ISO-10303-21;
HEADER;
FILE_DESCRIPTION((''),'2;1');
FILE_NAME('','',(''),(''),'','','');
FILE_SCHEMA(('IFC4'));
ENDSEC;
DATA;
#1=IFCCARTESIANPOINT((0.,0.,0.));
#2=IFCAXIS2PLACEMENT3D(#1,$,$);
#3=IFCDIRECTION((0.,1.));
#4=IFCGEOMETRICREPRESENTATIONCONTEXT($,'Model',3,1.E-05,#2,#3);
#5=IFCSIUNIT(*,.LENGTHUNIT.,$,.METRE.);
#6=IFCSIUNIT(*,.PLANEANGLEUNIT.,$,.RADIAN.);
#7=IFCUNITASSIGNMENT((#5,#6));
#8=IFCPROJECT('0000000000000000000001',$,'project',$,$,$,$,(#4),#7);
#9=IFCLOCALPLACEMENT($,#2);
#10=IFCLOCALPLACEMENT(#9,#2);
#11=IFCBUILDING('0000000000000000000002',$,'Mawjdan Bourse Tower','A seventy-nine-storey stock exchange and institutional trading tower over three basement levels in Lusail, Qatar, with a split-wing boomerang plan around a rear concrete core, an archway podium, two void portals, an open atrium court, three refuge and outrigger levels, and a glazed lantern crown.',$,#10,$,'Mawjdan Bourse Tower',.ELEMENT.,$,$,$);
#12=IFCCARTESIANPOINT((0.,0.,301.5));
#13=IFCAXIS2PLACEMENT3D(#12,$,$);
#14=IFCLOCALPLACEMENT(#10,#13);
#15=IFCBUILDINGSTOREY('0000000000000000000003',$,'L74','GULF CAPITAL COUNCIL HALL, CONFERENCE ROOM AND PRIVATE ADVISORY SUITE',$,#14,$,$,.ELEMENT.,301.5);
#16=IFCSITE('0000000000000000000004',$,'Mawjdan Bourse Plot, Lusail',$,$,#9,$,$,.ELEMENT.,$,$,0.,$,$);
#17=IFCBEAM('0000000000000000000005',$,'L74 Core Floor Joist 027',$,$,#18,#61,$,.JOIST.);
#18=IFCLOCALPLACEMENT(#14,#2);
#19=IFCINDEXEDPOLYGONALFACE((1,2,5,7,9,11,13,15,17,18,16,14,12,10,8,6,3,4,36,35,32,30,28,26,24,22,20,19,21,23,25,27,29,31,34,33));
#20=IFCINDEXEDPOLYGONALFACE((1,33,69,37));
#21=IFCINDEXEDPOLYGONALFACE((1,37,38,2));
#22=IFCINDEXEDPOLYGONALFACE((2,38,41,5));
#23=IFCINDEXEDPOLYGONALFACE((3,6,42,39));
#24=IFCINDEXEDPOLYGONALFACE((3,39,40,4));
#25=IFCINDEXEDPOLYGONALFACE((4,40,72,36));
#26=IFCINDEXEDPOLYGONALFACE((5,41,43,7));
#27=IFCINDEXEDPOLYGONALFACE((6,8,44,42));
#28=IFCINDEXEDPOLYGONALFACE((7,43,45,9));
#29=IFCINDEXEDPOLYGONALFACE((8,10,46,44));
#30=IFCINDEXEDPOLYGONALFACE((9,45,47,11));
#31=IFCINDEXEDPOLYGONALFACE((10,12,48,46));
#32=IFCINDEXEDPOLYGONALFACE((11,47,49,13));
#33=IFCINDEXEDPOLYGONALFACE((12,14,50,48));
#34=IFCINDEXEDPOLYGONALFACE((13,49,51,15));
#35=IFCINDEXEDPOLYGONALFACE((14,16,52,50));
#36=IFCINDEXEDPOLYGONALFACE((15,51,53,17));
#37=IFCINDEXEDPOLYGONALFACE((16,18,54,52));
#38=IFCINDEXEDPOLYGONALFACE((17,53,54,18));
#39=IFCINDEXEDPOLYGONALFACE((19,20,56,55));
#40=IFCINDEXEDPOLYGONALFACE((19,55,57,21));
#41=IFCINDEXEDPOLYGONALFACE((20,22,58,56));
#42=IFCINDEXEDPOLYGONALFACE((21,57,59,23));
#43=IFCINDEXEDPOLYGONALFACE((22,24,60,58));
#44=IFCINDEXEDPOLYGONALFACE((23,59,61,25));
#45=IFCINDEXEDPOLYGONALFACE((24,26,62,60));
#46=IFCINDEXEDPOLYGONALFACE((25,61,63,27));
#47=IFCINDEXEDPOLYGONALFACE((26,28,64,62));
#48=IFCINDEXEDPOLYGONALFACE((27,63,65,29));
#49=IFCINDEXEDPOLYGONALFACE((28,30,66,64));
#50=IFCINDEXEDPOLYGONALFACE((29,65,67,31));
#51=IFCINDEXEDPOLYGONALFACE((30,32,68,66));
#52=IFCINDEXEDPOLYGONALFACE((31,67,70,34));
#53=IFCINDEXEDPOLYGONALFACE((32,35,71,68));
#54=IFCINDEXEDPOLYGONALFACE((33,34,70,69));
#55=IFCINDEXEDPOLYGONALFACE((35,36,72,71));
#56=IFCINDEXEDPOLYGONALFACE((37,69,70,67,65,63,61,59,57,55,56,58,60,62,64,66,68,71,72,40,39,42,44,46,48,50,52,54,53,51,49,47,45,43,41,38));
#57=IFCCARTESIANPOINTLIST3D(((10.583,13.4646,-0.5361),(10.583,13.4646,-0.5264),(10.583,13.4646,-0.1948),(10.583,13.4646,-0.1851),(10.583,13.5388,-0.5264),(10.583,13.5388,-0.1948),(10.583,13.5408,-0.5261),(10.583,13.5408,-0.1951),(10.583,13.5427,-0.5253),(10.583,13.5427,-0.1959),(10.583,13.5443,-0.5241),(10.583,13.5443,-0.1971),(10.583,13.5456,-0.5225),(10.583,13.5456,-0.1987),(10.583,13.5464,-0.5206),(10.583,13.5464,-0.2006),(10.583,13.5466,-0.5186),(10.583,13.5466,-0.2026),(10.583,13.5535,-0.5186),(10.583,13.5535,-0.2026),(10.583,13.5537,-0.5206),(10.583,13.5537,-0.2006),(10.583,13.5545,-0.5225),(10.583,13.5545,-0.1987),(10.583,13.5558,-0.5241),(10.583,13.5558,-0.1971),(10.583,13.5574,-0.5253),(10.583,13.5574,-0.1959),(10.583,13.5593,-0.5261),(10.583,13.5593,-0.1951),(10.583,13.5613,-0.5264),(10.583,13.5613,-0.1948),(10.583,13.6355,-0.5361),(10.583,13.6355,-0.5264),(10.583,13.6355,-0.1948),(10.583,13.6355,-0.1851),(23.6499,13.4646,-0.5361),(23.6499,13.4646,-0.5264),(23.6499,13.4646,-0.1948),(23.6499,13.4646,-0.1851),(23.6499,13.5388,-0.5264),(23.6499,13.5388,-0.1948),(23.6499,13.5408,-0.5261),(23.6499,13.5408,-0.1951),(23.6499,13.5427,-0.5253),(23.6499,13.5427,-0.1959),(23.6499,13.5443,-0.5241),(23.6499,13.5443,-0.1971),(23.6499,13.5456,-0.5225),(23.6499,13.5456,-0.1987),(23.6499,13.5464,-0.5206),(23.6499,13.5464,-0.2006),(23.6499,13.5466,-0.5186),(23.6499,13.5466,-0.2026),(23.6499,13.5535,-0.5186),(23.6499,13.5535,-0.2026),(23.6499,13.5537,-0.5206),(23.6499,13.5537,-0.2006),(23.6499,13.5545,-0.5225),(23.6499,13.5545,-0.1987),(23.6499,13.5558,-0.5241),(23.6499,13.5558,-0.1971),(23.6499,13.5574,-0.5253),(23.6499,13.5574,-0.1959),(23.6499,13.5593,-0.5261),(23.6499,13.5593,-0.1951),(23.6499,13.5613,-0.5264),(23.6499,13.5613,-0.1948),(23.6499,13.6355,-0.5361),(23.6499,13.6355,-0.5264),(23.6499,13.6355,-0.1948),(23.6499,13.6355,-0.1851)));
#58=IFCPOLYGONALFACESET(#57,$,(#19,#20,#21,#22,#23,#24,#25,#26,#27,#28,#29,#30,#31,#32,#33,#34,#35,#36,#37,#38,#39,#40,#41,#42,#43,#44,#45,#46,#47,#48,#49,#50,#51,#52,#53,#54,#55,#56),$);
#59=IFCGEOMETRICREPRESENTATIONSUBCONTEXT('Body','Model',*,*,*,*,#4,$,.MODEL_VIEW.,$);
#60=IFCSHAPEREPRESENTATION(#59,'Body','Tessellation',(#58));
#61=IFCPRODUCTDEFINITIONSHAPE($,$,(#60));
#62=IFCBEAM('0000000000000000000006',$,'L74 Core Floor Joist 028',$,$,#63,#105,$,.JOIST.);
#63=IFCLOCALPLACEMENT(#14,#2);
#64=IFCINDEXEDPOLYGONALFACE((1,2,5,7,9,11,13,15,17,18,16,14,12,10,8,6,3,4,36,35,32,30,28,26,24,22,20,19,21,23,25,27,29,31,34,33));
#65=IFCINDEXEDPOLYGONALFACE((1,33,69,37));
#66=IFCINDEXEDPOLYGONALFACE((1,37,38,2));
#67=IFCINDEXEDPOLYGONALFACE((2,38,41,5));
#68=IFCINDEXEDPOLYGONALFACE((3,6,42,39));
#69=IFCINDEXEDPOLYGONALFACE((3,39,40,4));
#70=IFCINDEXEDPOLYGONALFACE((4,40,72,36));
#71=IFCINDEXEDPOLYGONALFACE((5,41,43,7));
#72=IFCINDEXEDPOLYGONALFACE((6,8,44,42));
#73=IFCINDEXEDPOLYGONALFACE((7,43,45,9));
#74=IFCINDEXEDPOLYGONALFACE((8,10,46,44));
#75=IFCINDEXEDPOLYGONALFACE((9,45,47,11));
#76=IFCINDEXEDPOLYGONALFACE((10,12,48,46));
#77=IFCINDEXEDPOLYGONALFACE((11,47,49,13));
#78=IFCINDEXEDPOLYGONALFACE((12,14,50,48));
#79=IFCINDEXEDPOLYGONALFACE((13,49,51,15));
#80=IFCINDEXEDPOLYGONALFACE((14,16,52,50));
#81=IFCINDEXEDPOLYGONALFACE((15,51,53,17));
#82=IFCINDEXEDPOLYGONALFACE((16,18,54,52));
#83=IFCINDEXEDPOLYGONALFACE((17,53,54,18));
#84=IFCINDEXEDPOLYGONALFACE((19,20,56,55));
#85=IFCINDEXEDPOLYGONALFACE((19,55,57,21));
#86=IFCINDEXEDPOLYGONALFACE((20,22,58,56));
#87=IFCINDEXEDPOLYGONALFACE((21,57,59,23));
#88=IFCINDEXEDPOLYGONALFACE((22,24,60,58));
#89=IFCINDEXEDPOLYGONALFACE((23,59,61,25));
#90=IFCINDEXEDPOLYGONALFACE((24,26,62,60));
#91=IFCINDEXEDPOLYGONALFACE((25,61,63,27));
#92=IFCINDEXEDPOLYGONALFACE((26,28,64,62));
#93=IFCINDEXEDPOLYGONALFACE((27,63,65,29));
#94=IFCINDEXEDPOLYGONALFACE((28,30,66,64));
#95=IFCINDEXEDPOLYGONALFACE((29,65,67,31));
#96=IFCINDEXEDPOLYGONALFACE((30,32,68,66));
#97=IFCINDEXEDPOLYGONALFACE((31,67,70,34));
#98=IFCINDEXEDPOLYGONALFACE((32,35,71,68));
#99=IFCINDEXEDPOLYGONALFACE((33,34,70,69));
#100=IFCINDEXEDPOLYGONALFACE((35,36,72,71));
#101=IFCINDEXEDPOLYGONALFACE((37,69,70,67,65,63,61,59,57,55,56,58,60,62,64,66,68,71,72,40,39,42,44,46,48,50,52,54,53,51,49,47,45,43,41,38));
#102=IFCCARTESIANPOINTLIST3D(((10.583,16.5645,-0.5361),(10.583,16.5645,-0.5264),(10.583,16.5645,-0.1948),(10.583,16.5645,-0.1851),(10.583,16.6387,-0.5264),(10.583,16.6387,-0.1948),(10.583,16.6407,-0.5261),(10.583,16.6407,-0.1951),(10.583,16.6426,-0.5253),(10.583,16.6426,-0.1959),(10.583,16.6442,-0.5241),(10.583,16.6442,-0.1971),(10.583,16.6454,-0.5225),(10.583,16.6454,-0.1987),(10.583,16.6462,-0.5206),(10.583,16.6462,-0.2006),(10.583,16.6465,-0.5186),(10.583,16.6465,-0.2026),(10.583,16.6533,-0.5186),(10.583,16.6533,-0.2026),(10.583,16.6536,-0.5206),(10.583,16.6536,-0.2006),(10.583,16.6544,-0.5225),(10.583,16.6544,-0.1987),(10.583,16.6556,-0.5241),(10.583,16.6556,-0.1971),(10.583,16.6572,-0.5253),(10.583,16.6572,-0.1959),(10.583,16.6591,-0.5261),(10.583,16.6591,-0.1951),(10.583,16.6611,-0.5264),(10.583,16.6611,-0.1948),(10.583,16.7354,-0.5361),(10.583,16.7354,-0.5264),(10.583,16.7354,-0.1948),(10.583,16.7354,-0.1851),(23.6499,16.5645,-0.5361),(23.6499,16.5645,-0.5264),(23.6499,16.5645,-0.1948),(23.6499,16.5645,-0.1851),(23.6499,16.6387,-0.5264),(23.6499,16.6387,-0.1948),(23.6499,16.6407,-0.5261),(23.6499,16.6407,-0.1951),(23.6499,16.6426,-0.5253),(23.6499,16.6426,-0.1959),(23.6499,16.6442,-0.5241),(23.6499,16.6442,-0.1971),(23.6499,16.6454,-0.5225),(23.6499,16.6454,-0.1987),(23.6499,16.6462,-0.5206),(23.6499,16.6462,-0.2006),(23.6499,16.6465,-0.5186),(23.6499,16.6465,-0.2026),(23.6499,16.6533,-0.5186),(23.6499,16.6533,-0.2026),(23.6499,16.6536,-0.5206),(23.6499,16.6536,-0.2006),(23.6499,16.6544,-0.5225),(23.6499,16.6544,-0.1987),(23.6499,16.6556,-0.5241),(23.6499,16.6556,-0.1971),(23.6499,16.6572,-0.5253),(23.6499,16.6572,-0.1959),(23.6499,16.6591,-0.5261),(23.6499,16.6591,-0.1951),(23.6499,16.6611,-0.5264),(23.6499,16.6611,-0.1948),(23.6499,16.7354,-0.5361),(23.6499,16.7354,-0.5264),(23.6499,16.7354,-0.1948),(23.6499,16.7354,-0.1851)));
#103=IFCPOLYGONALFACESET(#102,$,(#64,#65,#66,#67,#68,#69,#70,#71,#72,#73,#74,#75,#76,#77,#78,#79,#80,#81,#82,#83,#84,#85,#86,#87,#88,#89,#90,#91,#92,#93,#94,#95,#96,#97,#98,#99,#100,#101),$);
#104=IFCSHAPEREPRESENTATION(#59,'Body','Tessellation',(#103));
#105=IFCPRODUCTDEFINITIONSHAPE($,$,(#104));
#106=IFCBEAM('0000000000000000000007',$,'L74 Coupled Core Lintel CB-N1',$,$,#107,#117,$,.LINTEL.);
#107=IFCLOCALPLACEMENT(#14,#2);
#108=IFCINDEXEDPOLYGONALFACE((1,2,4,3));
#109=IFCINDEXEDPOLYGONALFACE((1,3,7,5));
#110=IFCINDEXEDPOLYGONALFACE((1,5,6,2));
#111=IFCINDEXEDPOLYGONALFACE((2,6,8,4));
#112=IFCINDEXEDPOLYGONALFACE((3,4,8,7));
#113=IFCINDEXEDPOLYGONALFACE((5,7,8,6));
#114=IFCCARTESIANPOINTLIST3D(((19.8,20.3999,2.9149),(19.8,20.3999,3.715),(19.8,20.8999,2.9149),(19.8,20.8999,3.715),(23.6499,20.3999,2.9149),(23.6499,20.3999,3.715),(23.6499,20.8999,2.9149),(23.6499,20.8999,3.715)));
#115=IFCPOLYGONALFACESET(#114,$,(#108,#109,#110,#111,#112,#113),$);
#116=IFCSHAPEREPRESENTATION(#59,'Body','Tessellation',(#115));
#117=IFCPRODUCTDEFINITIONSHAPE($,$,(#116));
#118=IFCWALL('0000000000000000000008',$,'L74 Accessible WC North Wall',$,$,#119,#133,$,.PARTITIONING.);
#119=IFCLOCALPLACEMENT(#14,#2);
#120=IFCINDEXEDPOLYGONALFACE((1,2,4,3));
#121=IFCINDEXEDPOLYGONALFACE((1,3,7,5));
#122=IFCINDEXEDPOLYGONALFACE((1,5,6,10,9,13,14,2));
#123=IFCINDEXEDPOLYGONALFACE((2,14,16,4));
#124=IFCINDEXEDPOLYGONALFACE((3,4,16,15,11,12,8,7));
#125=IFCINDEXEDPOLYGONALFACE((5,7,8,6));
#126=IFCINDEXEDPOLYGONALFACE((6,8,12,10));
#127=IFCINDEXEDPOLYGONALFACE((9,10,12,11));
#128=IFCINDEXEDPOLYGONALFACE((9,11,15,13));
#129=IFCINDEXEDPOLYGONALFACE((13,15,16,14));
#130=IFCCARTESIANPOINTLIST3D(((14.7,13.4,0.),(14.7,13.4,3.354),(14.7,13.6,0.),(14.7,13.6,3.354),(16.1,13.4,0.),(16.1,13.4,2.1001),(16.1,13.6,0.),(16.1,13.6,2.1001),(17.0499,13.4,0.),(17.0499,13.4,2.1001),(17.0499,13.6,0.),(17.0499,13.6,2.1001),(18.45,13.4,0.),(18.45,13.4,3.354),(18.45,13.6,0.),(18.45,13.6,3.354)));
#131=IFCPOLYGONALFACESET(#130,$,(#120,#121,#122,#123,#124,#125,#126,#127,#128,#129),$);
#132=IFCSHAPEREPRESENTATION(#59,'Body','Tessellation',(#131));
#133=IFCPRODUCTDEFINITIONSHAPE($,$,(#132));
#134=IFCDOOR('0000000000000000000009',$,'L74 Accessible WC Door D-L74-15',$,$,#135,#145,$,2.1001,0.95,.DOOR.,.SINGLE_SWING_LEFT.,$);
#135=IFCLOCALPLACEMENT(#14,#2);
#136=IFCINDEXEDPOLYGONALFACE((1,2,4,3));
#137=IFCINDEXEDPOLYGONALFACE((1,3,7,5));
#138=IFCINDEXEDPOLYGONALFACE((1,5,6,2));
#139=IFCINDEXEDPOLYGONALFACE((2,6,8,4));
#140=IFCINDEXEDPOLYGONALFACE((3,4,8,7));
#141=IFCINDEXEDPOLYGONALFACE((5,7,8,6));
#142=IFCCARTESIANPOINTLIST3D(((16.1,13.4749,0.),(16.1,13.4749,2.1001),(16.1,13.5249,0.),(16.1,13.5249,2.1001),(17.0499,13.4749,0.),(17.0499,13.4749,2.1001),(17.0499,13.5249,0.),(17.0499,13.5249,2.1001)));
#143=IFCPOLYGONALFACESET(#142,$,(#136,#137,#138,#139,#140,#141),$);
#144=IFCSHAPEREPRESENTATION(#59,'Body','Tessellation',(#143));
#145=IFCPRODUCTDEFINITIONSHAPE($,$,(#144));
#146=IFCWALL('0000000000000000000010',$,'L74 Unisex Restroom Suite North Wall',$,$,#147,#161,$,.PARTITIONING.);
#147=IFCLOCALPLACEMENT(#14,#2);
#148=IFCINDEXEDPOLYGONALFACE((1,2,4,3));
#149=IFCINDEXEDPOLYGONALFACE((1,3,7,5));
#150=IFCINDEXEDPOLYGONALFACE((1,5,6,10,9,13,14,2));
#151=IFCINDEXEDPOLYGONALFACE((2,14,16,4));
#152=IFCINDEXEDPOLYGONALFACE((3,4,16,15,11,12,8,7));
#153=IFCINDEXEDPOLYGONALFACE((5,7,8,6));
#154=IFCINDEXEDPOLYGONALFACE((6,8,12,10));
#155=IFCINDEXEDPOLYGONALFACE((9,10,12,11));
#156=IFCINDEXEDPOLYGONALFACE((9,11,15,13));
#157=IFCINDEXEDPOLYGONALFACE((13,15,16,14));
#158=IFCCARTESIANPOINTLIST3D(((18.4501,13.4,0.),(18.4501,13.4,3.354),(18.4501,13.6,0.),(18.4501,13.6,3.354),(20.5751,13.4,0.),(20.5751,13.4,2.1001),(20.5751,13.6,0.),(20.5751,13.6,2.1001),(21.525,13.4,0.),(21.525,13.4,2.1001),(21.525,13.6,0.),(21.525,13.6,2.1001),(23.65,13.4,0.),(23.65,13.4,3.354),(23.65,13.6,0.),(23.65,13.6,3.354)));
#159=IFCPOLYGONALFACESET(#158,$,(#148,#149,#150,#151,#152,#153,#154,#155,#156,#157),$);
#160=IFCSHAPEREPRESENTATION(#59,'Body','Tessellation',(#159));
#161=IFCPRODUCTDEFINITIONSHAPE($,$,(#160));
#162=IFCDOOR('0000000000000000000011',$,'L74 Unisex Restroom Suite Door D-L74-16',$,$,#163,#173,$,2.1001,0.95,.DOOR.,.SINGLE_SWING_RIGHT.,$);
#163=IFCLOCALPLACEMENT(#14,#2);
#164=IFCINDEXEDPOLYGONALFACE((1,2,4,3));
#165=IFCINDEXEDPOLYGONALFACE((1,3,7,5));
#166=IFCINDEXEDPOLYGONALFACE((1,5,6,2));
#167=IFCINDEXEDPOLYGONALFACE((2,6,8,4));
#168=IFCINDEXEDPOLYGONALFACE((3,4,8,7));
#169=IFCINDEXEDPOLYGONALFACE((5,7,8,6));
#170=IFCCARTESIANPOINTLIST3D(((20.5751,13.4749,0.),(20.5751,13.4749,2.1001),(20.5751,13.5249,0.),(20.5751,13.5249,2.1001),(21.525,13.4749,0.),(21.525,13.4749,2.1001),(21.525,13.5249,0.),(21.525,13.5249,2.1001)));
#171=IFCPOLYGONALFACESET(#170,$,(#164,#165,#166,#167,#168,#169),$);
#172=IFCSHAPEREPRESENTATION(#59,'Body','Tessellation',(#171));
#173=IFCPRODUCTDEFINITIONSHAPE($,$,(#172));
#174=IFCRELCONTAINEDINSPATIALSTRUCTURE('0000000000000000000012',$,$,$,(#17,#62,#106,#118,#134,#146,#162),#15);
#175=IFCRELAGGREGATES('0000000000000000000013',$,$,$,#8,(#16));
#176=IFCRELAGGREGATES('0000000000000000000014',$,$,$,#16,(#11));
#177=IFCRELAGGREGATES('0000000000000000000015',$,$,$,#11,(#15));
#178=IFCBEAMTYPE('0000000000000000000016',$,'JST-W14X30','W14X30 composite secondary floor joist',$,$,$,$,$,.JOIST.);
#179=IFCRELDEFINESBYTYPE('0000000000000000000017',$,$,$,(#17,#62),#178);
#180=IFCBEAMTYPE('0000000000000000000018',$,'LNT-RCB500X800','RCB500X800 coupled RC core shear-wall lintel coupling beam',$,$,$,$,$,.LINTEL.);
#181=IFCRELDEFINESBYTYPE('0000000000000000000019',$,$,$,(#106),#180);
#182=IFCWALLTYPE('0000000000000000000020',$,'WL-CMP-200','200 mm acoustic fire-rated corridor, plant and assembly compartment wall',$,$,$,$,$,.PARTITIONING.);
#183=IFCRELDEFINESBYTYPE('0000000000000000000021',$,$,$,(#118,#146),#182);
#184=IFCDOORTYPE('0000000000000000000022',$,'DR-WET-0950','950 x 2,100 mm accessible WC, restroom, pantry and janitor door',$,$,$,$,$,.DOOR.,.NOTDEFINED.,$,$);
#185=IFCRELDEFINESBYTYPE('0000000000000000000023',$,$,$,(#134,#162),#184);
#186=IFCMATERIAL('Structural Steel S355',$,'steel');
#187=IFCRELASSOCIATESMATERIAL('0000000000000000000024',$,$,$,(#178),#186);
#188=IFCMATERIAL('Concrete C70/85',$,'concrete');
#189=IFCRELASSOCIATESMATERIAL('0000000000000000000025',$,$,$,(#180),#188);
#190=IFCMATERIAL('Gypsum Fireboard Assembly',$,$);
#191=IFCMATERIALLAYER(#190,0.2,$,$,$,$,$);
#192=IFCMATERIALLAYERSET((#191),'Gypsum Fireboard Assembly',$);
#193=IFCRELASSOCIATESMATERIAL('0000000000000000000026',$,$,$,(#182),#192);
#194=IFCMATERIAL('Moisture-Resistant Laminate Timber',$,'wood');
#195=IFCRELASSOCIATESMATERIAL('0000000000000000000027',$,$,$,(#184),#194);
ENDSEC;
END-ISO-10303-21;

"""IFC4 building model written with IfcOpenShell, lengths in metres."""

from ifc_helpers import new_model, si_unit, direction, frame, frame_2d, origin, origin_2d, place, context, subcontext, project, spatial, rectangle, i_section, extrude, material, layer, layer_set, material_profile, profile_set, type_object, element, fill, save


model = new_model("IFC4")

# Units and contexts
model_context = context("Model", 3, precision=1e-05, world=origin(), true_north=direction((0.0, 1.0)))
body_context = subcontext(model_context, "Body", "Model", "MODEL_VIEW")
ifc_project = project(units=[si_unit("LENGTHUNIT", "METRE"), si_unit("PLANEANGLEUNIT", "RADIAN")], contexts=[model_context])

# Site, building, storey
site_placement = place(None, origin())
site = spatial("IfcSite", under=ifc_project, at=site_placement, Name="Mawjdan Bourse Plot, Lusail", CompositionType="ELEMENT", RefElevation=0.0)
building_placement = place(site_placement, origin())
building = spatial("IfcBuilding", under=site, at=building_placement, Name="Mawjdan Bourse Tower", Description="A seventy-nine-storey stock exchange and institutional trading tower over three basement levels in Lusail, Qatar, with a split-wing boomerang plan around a rear concrete core, an archway podium, two void portals, an open atrium court, three refuge and outrigger levels, and a glazed lantern crown.", LongName="Mawjdan Bourse Tower", CompositionType="ELEMENT")
storey_placement = place(building_placement, frame((0.0, 0.0, 301.5)))
storey = spatial("IfcBuildingStorey", under=building, at=storey_placement, Name="L74", Description="GULF CAPITAL COUNCIL HALL, CONFERENCE ROOM AND PRIVATE ADVISORY SUITE", CompositionType="ELEMENT", Elevation=301.5)

# Beams
ifc_material_1 = material(Name="Structural Steel S355", Category="steel")
ifc_material_profile_1 = material_profile(ifc_material_1, i_section(OverallWidth=0.1709, OverallDepth=0.3511, WebThickness=0.0068, FlangeThickness=0.0098, FilletRadius=0.0078, at=origin_2d()), Name="W14X30")
ifc_profile_set_1 = profile_set([ifc_material_profile_1], Name="Structural Steel S355")
beam_type_1 = type_object("IfcBeamType", Name="JST-W14X30", Description="W14X30 composite secondary floor joist", PredefinedType="JOIST", material=ifc_profile_set_1)
for number, where, z_axis, x_axis, name in (
    (1, (10.583, 13.55, -0.3606), (1.0, 0.0, 0.0), (0.0, 1.0, 0.0), "L74 Core Floor Joist 027"),
    (2, (10.583, 16.6499, -0.3606), (1.0, 0.0, 0.0), (0.0, 1.0, 0.0), "L74 Core Floor Joist 028"),
):
    element("IfcBeam", number, at=place(storey_placement, frame(where, z_axis=z_axis, x_axis=x_axis)), inside=storey, type_object=beam_type_1, Name=name, PredefinedType="JOIST", context=body_context, shape_type="SweptSolid", body=[
        extrude(i_section(OverallWidth=0.1709, OverallDepth=0.3511, WebThickness=0.0068, FlangeThickness=0.0098, FilletRadius=0.0078, at=origin_2d()), origin(), (0.0, 0.0, 1.0), 13.0669),
    ])
ifc_material_2 = material(Name="Concrete C70/85", Category="concrete")
ifc_material_profile_2 = material_profile(ifc_material_2, rectangle(XDim=0.5, YDim=0.8, at=origin_2d()), Name="RCB500X800")
ifc_profile_set_2 = profile_set([ifc_material_profile_2], Name="Concrete C70/85")
beam_type_2 = type_object("IfcBeamType", Name="LNT-RCB500X800", Description="RCB500X800 coupled RC core shear-wall lintel coupling beam", PredefinedType="LINTEL", material=ifc_profile_set_2)
beam_placement = place(storey_placement, frame((19.8, 20.6499, 3.3149), z_axis=(1.0, 0.0, 0.0), x_axis=(0.0, 1.0, 0.0)))
element("IfcBeam", 3, at=beam_placement, inside=storey, type_object=beam_type_2, Name="L74 Coupled Core Lintel CB-N1", PredefinedType="LINTEL", context=body_context, shape_type="SweptSolid", body=[
    extrude(rectangle(XDim=0.5, YDim=0.8, at=origin_2d()), origin(), (0.0, 0.0, 1.0), 3.8499),
])

# Walls, openings, doors
ifc_material_3 = material(Name="Gypsum Fireboard Assembly")
ifc_layer_1 = layer(ifc_material_3, 0.2)
ifc_layer_set_1 = layer_set([ifc_layer_1], Name="Gypsum Fireboard Assembly")
wall_type_1 = type_object("IfcWallType", Name="WL-CMP-200", Description="200 mm acoustic fire-rated corridor, plant and assembly compartment wall", PredefinedType="PARTITIONING", material=ifc_layer_set_1)
wall_1_placement = place(storey_placement, frame((14.7, 13.5, 0.0), z_axis=(0.0, 0.0, 1.0), x_axis=(1.0, 0.0, 0.0)))
wall_1 = element("IfcWall", 4, at=wall_1_placement, inside=storey, type_object=wall_type_1, Name="L74 Accessible WC North Wall", PredefinedType="PARTITIONING", context=body_context, shape_type="SweptSolid", body=[
    extrude(rectangle(XDim=3.75, YDim=0.2, at=frame_2d((1.875, 0.0))), origin(), (0.0, 0.0, 1.0), 3.354),
])
opening_1_placement = place(wall_1_placement, frame((1.3999, 0.0, 0.0)))
opening_1 = element("IfcOpeningElement", 5, at=opening_1_placement, cuts=wall_1, PredefinedType="OPENING", context=body_context, shape_type="SweptSolid", body=[
    extrude(rectangle(XDim=0.95, YDim=2.1001, at=frame_2d((0.4751, 1.05))), frame((0.0, 0.1099, 0.0), z_axis=(0.0, -1.0, 0.0), x_axis=(1.0, 0.0, 0.0)), (0.0, 0.0, 1.0), 0.22),
])
ifc_material_4 = material(Name="Moisture-Resistant Laminate Timber", Category="wood")
door_type_1 = type_object("IfcDoorType", Name="DR-WET-0950", Description="950 x 2,100 mm accessible WC, restroom, pantry and janitor door", OperationType="NOTDEFINED", PredefinedType="DOOR", material=ifc_material_4)
door_1_placement = place(opening_1_placement, origin())
door_1 = element("IfcDoor", 6, at=door_1_placement, inside=storey, type_object=door_type_1, Name="L74 Accessible WC Door D-L74-15", OperationType="SINGLE_SWING_LEFT", OverallHeight=2.1001, OverallWidth=0.95, PredefinedType="DOOR", context=body_context, shape_type="SweptSolid", body=[
    extrude(rectangle(XDim=0.95, YDim=2.1001, at=frame_2d((0.4751, 1.05))), frame((0.0, 0.0249, 0.0), z_axis=(0.0, -1.0, 0.0), x_axis=(1.0, 0.0, 0.0)), (0.0, 0.0, 1.0), 0.05),
])
fill(opening_1, door_1)
wall_2_placement = place(storey_placement, frame((18.45, 13.5, 0.0), z_axis=(0.0, 0.0, 1.0), x_axis=(1.0, 0.0, 0.0)))
wall_2 = element("IfcWall", 7, at=wall_2_placement, inside=storey, type_object=wall_type_1, Name="L74 Unisex Restroom Suite North Wall", PredefinedType="PARTITIONING", context=body_context, shape_type="SweptSolid", body=[
    extrude(rectangle(XDim=5.2, YDim=0.2, at=frame_2d((2.6001, 0.0))), origin(), (0.0, 0.0, 1.0), 3.354),
])
opening_2_placement = place(wall_2_placement, frame((2.125, 0.0, 0.0)))
opening_2 = element("IfcOpeningElement", 8, at=opening_2_placement, cuts=wall_2, PredefinedType="OPENING", context=body_context, shape_type="SweptSolid", body=[
    extrude(rectangle(XDim=0.95, YDim=2.1001, at=frame_2d((0.4751, 1.05))), frame((0.0, 0.1099, 0.0), z_axis=(0.0, -1.0, 0.0), x_axis=(1.0, 0.0, 0.0)), (0.0, 0.0, 1.0), 0.22),
])
door_2_placement = place(opening_2_placement, origin())
door_2 = element("IfcDoor", 9, at=door_2_placement, inside=storey, type_object=door_type_1, Name="L74 Unisex Restroom Suite Door D-L74-16", OperationType="SINGLE_SWING_RIGHT", OverallHeight=2.1001, OverallWidth=0.95, PredefinedType="DOOR", context=body_context, shape_type="SweptSolid", body=[
    extrude(rectangle(XDim=0.95, YDim=2.1001, at=frame_2d((0.4751, 1.05))), frame((0.0, 0.0249, 0.0), z_axis=(0.0, -1.0, 0.0), x_axis=(1.0, 0.0, 0.0)), (0.0, 0.0, 1.0), 0.05),
])
fill(opening_2, door_2)

save(model, "model.ifc")
